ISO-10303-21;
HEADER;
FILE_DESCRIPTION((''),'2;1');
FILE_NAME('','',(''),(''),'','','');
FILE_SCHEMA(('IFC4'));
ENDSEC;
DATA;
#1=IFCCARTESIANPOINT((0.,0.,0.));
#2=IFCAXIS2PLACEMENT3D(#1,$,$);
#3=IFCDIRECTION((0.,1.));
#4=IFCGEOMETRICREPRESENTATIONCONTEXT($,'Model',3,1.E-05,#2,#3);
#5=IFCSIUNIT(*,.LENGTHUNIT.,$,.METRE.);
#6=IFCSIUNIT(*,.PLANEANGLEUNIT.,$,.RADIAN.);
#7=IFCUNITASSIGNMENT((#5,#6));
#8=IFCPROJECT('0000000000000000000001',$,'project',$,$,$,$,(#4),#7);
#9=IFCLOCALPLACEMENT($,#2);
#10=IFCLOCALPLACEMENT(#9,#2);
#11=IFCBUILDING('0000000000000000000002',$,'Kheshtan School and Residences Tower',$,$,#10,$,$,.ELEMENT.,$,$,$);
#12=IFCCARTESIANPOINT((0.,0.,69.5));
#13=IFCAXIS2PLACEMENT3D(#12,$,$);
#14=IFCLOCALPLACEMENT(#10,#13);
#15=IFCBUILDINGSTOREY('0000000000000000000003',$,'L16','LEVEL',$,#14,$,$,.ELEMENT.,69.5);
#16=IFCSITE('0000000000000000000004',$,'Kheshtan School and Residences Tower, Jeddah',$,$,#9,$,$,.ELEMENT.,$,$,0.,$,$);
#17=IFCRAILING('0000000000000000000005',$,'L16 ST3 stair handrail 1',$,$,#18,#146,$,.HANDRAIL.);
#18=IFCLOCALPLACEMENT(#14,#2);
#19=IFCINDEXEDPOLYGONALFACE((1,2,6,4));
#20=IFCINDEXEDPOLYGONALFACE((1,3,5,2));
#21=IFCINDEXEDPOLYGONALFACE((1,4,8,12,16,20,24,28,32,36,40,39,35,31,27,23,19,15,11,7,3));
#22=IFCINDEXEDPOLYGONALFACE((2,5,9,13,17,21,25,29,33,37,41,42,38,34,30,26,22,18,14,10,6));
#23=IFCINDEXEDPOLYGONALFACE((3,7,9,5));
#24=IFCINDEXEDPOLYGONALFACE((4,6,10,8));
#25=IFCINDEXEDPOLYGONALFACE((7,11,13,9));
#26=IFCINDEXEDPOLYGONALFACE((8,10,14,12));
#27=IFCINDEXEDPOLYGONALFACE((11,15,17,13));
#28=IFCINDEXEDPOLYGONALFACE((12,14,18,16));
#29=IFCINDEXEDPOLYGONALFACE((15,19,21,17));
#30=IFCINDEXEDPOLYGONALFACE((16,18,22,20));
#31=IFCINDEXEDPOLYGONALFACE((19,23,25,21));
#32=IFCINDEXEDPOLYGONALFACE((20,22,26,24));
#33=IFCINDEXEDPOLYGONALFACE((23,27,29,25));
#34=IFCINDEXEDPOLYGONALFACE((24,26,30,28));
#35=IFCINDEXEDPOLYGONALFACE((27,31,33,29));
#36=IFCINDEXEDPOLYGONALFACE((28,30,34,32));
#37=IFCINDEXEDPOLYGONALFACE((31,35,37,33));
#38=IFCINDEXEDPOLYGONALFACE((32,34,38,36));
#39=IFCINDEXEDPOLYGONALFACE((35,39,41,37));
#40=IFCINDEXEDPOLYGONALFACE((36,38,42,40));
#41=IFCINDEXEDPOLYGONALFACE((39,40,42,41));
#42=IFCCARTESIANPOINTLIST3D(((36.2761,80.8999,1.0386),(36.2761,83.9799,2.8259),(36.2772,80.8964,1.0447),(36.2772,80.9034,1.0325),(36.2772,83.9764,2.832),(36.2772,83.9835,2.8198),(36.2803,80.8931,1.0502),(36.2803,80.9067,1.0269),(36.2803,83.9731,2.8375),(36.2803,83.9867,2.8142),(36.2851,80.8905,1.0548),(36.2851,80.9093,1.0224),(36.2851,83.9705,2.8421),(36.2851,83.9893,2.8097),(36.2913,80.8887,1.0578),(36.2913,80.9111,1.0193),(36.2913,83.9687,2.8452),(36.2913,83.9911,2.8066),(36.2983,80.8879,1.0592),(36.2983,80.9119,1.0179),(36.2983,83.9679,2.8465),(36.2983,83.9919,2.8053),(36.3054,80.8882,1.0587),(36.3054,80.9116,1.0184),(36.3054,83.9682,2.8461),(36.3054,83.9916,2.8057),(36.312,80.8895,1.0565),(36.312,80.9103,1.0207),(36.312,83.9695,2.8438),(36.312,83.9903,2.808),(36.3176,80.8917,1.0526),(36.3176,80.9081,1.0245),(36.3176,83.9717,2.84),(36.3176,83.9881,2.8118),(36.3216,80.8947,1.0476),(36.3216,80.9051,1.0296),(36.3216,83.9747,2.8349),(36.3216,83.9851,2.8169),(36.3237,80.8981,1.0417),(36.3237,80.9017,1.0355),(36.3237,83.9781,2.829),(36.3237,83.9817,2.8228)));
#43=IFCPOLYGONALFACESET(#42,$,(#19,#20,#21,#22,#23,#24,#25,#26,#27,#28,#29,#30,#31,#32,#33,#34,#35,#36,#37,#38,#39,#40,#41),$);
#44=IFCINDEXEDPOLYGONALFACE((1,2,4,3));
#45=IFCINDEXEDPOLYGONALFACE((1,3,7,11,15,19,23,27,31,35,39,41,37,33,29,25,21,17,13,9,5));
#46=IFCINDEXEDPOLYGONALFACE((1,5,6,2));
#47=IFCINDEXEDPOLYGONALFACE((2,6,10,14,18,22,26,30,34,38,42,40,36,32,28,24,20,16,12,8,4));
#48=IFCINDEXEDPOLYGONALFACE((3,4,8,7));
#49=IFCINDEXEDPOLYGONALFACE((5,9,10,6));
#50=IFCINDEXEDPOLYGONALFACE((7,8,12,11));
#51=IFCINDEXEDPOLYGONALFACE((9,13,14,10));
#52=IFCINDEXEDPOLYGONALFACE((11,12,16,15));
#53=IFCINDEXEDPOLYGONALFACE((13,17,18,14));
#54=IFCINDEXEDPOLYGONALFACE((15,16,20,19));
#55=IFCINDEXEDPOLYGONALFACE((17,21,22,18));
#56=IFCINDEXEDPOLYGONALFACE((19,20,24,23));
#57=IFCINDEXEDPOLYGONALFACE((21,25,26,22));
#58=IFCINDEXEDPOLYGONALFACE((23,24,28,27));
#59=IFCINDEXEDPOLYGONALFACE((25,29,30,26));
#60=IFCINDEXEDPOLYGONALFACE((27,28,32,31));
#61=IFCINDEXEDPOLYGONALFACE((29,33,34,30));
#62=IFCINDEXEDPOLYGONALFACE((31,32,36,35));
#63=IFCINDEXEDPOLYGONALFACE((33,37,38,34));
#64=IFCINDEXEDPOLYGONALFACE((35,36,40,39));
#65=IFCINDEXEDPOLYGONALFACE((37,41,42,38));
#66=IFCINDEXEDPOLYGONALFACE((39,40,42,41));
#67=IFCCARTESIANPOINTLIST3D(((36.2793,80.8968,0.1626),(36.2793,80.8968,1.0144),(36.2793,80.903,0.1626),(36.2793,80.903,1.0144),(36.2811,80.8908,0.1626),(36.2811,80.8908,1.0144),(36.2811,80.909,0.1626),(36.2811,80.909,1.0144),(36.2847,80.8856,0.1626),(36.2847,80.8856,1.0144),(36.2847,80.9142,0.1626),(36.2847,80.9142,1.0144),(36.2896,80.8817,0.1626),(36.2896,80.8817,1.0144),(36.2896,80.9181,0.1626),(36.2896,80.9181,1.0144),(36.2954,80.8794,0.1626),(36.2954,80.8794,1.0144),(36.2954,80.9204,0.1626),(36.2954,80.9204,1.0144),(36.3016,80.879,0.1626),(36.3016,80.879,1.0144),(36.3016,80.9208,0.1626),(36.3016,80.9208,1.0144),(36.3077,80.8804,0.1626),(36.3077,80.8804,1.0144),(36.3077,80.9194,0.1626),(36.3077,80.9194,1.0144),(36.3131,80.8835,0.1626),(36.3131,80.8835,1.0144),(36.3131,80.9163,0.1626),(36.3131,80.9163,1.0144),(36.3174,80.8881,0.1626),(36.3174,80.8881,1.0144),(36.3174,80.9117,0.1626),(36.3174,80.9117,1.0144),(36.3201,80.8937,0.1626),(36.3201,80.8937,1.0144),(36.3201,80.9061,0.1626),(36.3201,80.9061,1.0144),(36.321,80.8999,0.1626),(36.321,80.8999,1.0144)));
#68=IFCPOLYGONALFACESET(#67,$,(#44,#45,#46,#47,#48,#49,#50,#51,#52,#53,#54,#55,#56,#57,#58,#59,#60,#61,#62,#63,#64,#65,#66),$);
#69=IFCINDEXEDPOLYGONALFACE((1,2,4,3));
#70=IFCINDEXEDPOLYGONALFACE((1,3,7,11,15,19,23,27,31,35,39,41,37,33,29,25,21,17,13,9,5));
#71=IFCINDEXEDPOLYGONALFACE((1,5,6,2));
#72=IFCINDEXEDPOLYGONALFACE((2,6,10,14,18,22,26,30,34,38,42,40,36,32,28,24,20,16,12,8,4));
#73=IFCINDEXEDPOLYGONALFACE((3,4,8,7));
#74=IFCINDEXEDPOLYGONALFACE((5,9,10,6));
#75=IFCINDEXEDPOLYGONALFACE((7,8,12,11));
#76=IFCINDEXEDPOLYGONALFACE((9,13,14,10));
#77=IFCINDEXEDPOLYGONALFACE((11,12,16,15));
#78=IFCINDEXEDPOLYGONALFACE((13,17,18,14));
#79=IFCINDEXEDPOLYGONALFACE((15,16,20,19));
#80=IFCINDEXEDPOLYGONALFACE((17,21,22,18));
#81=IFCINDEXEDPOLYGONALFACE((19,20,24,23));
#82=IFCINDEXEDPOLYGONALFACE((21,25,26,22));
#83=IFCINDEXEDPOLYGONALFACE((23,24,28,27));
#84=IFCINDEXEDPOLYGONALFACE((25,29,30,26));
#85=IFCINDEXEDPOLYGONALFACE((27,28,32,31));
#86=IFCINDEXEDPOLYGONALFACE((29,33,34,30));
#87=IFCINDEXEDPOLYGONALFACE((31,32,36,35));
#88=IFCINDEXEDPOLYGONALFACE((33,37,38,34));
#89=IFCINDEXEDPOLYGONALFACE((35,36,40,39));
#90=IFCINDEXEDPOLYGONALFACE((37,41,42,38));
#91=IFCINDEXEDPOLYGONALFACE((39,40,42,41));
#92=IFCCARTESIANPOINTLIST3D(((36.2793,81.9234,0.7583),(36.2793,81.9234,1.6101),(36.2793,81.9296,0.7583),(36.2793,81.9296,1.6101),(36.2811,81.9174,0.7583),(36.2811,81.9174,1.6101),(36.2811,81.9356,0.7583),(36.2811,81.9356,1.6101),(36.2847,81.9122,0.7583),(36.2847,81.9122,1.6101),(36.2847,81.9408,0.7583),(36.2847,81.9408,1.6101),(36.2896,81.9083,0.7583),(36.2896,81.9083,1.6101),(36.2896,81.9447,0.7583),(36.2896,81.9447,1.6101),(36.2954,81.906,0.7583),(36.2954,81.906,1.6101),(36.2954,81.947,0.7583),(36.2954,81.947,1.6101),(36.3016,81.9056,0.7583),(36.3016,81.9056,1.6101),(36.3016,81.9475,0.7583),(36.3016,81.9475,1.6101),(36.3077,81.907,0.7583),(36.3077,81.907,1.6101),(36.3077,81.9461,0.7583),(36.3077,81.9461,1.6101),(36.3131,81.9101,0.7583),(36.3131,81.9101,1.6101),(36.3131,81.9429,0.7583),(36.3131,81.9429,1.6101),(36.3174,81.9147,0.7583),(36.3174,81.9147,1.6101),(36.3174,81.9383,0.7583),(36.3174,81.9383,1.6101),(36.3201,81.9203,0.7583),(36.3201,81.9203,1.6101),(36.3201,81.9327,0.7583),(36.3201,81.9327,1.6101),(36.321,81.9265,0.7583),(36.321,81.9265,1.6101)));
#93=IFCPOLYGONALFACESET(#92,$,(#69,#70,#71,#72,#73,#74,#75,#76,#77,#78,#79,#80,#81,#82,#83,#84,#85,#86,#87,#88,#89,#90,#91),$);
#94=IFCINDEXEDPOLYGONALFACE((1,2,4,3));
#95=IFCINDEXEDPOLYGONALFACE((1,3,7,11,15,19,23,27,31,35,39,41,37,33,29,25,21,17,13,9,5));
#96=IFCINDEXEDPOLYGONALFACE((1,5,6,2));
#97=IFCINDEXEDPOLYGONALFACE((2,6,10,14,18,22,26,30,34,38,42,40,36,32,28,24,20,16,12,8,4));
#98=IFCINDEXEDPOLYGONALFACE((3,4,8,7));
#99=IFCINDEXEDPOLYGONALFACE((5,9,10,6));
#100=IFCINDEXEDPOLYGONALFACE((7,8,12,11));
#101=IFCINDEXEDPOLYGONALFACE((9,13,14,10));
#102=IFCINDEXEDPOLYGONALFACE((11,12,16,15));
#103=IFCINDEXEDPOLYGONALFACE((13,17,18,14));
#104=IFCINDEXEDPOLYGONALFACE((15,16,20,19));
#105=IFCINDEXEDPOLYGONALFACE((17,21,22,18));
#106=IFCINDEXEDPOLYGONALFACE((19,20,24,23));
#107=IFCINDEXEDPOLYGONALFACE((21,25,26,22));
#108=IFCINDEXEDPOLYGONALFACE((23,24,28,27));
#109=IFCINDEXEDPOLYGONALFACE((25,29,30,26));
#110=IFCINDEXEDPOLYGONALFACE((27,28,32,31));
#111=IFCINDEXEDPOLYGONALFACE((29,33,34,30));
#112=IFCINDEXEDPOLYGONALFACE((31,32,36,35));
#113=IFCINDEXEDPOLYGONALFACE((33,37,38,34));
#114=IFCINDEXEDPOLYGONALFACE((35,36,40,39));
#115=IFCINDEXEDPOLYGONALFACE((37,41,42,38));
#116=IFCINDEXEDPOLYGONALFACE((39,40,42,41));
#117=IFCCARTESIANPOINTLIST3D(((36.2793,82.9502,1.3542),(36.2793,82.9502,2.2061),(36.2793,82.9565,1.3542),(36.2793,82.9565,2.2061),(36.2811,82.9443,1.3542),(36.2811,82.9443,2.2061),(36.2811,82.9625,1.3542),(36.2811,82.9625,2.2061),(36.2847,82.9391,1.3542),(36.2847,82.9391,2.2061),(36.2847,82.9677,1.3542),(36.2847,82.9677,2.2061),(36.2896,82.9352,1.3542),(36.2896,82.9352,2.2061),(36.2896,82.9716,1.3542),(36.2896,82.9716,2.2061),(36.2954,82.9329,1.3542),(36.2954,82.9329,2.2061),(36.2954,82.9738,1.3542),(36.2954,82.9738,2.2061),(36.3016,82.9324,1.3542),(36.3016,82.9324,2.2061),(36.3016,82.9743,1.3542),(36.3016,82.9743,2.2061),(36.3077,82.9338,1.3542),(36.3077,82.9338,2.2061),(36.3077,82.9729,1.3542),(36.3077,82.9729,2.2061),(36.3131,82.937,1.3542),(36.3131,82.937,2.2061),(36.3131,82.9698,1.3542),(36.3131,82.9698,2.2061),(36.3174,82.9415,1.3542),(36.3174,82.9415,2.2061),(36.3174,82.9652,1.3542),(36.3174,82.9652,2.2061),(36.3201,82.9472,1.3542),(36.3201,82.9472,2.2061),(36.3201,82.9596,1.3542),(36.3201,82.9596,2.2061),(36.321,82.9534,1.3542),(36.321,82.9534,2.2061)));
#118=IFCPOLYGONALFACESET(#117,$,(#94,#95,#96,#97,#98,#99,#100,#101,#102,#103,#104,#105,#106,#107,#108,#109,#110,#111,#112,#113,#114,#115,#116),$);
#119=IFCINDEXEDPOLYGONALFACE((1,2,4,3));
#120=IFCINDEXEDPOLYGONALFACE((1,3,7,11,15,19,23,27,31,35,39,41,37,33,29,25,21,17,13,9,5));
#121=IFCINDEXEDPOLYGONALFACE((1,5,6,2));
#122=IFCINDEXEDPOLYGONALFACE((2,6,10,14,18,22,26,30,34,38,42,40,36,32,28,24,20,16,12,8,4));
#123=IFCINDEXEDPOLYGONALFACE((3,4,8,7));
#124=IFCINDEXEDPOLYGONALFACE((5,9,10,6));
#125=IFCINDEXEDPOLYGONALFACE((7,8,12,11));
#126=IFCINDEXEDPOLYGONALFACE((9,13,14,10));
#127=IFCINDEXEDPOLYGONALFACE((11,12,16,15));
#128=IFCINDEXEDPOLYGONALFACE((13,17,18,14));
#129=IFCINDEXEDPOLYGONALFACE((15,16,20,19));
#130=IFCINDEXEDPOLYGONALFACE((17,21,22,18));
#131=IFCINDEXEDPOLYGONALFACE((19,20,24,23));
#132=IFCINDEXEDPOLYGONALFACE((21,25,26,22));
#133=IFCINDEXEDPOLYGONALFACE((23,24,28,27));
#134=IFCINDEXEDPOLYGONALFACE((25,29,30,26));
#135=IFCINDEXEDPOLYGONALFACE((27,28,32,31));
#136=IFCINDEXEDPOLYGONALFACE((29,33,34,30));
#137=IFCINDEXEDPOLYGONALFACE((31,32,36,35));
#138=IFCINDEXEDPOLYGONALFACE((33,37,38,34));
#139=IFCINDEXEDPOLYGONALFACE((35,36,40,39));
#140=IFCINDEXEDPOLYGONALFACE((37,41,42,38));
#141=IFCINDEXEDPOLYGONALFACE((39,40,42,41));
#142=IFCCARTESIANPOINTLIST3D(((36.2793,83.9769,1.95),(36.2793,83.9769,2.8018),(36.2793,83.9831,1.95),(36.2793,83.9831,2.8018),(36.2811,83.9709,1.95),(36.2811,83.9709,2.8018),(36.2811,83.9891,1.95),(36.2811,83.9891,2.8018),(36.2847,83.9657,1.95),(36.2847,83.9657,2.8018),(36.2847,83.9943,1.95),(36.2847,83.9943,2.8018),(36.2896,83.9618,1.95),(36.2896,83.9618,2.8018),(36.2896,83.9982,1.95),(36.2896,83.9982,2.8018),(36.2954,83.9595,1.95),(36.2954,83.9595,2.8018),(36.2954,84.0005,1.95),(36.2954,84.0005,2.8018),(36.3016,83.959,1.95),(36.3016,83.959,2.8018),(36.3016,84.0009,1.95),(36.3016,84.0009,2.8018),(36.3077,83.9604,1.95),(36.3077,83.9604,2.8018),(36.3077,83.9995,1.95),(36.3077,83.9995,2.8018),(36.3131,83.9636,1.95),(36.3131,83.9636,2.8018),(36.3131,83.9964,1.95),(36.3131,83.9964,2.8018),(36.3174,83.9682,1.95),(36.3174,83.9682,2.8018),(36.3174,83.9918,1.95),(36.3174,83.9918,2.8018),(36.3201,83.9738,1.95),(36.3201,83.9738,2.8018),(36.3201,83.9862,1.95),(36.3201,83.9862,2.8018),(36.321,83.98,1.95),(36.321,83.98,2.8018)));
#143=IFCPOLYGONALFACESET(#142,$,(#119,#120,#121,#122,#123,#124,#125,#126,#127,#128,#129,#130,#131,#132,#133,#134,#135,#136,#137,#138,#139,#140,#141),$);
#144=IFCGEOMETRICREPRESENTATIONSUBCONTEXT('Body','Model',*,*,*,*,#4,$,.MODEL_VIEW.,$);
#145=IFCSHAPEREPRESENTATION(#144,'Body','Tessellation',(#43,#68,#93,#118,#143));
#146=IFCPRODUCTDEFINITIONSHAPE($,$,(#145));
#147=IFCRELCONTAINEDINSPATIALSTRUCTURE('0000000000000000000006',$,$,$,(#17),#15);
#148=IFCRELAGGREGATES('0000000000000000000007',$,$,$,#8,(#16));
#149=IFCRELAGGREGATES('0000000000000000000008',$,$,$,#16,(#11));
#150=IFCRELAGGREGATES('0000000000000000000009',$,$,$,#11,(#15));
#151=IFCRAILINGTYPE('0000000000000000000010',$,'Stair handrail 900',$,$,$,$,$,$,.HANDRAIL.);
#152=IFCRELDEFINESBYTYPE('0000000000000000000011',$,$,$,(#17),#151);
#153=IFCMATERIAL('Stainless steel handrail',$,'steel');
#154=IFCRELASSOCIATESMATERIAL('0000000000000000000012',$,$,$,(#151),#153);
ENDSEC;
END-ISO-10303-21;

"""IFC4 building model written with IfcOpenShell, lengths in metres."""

from ifc_helpers import new_model, si_unit, direction, frame, origin, origin_2d, place, context, subcontext, project, spatial, circle, extrude, material, type_object, element, save


model = new_model("IFC4")

# Units and contexts
model_context = context("Model", 3, precision=1e-05, world=origin(), true_north=direction((0.0, 1.0)))
body_context = subcontext(model_context, "Body", "Model", "MODEL_VIEW")
ifc_project = project(units=[si_unit("LENGTHUNIT", "METRE"), si_unit("PLANEANGLEUNIT", "RADIAN")], contexts=[model_context])

# Site, building, storey
site_placement = place(None, origin())
site = spatial("IfcSite", under=ifc_project, at=site_placement, Name="Kheshtan School and Residences Tower, Jeddah", CompositionType="ELEMENT", RefElevation=0.0)
building_placement = place(site_placement, origin())
building = spatial("IfcBuilding", under=site, at=building_placement, Name="Kheshtan School and Residences Tower", CompositionType="ELEMENT")
storey_placement = place(building_placement, frame((0.0, 0.0, 69.5)))
storey = spatial("IfcBuildingStorey", under=building, at=storey_placement, Name="L16", Description="LEVEL", CompositionType="ELEMENT", Elevation=69.5)

# Railing
ifc_material_1 = material(Name="Stainless steel handrail", Category="steel")
railing_type_1 = type_object("IfcRailingType", Name="Stair handrail 900", PredefinedType="HANDRAIL", material=ifc_material_1)
railing_1_placement = place(storey_placement, frame((36.3, 80.8999, 0.1626)))
element("IfcRailing", 1, at=railing_1_placement, inside=storey, type_object=railing_type_1, Name="L16 ST3 stair handrail 1", PredefinedType="HANDRAIL", context=body_context, shape_type="SweptSolid", body=[
    extrude(circle(Radius=0.0239, at=origin_2d()), frame((0.0, 0.0, 0.876), z_axis=(0.0, 0.86492, 0.501909), x_axis=(-1.0, 0.0, 0.0)), (0.0, 0.0, 1.0), 3.561),
    extrude(circle(Radius=0.021, at=origin_2d()), origin(), (0.0, 0.0, 1.0), 0.8518),
    extrude(circle(Radius=0.021, at=origin_2d()), frame((0.0, 1.0266, 0.5957)), (0.0, 0.0, 1.0), 0.8518),
    extrude(circle(Radius=0.021, at=origin_2d()), frame((0.0, 2.0535, 1.1917)), (0.0, 0.0, 1.0), 0.8518),
    extrude(circle(Radius=0.021, at=origin_2d()), frame((0.0, 3.0801, 1.7874)), (0.0, 0.0, 1.0), 0.8518),
])

save(model, "model.ifc")
